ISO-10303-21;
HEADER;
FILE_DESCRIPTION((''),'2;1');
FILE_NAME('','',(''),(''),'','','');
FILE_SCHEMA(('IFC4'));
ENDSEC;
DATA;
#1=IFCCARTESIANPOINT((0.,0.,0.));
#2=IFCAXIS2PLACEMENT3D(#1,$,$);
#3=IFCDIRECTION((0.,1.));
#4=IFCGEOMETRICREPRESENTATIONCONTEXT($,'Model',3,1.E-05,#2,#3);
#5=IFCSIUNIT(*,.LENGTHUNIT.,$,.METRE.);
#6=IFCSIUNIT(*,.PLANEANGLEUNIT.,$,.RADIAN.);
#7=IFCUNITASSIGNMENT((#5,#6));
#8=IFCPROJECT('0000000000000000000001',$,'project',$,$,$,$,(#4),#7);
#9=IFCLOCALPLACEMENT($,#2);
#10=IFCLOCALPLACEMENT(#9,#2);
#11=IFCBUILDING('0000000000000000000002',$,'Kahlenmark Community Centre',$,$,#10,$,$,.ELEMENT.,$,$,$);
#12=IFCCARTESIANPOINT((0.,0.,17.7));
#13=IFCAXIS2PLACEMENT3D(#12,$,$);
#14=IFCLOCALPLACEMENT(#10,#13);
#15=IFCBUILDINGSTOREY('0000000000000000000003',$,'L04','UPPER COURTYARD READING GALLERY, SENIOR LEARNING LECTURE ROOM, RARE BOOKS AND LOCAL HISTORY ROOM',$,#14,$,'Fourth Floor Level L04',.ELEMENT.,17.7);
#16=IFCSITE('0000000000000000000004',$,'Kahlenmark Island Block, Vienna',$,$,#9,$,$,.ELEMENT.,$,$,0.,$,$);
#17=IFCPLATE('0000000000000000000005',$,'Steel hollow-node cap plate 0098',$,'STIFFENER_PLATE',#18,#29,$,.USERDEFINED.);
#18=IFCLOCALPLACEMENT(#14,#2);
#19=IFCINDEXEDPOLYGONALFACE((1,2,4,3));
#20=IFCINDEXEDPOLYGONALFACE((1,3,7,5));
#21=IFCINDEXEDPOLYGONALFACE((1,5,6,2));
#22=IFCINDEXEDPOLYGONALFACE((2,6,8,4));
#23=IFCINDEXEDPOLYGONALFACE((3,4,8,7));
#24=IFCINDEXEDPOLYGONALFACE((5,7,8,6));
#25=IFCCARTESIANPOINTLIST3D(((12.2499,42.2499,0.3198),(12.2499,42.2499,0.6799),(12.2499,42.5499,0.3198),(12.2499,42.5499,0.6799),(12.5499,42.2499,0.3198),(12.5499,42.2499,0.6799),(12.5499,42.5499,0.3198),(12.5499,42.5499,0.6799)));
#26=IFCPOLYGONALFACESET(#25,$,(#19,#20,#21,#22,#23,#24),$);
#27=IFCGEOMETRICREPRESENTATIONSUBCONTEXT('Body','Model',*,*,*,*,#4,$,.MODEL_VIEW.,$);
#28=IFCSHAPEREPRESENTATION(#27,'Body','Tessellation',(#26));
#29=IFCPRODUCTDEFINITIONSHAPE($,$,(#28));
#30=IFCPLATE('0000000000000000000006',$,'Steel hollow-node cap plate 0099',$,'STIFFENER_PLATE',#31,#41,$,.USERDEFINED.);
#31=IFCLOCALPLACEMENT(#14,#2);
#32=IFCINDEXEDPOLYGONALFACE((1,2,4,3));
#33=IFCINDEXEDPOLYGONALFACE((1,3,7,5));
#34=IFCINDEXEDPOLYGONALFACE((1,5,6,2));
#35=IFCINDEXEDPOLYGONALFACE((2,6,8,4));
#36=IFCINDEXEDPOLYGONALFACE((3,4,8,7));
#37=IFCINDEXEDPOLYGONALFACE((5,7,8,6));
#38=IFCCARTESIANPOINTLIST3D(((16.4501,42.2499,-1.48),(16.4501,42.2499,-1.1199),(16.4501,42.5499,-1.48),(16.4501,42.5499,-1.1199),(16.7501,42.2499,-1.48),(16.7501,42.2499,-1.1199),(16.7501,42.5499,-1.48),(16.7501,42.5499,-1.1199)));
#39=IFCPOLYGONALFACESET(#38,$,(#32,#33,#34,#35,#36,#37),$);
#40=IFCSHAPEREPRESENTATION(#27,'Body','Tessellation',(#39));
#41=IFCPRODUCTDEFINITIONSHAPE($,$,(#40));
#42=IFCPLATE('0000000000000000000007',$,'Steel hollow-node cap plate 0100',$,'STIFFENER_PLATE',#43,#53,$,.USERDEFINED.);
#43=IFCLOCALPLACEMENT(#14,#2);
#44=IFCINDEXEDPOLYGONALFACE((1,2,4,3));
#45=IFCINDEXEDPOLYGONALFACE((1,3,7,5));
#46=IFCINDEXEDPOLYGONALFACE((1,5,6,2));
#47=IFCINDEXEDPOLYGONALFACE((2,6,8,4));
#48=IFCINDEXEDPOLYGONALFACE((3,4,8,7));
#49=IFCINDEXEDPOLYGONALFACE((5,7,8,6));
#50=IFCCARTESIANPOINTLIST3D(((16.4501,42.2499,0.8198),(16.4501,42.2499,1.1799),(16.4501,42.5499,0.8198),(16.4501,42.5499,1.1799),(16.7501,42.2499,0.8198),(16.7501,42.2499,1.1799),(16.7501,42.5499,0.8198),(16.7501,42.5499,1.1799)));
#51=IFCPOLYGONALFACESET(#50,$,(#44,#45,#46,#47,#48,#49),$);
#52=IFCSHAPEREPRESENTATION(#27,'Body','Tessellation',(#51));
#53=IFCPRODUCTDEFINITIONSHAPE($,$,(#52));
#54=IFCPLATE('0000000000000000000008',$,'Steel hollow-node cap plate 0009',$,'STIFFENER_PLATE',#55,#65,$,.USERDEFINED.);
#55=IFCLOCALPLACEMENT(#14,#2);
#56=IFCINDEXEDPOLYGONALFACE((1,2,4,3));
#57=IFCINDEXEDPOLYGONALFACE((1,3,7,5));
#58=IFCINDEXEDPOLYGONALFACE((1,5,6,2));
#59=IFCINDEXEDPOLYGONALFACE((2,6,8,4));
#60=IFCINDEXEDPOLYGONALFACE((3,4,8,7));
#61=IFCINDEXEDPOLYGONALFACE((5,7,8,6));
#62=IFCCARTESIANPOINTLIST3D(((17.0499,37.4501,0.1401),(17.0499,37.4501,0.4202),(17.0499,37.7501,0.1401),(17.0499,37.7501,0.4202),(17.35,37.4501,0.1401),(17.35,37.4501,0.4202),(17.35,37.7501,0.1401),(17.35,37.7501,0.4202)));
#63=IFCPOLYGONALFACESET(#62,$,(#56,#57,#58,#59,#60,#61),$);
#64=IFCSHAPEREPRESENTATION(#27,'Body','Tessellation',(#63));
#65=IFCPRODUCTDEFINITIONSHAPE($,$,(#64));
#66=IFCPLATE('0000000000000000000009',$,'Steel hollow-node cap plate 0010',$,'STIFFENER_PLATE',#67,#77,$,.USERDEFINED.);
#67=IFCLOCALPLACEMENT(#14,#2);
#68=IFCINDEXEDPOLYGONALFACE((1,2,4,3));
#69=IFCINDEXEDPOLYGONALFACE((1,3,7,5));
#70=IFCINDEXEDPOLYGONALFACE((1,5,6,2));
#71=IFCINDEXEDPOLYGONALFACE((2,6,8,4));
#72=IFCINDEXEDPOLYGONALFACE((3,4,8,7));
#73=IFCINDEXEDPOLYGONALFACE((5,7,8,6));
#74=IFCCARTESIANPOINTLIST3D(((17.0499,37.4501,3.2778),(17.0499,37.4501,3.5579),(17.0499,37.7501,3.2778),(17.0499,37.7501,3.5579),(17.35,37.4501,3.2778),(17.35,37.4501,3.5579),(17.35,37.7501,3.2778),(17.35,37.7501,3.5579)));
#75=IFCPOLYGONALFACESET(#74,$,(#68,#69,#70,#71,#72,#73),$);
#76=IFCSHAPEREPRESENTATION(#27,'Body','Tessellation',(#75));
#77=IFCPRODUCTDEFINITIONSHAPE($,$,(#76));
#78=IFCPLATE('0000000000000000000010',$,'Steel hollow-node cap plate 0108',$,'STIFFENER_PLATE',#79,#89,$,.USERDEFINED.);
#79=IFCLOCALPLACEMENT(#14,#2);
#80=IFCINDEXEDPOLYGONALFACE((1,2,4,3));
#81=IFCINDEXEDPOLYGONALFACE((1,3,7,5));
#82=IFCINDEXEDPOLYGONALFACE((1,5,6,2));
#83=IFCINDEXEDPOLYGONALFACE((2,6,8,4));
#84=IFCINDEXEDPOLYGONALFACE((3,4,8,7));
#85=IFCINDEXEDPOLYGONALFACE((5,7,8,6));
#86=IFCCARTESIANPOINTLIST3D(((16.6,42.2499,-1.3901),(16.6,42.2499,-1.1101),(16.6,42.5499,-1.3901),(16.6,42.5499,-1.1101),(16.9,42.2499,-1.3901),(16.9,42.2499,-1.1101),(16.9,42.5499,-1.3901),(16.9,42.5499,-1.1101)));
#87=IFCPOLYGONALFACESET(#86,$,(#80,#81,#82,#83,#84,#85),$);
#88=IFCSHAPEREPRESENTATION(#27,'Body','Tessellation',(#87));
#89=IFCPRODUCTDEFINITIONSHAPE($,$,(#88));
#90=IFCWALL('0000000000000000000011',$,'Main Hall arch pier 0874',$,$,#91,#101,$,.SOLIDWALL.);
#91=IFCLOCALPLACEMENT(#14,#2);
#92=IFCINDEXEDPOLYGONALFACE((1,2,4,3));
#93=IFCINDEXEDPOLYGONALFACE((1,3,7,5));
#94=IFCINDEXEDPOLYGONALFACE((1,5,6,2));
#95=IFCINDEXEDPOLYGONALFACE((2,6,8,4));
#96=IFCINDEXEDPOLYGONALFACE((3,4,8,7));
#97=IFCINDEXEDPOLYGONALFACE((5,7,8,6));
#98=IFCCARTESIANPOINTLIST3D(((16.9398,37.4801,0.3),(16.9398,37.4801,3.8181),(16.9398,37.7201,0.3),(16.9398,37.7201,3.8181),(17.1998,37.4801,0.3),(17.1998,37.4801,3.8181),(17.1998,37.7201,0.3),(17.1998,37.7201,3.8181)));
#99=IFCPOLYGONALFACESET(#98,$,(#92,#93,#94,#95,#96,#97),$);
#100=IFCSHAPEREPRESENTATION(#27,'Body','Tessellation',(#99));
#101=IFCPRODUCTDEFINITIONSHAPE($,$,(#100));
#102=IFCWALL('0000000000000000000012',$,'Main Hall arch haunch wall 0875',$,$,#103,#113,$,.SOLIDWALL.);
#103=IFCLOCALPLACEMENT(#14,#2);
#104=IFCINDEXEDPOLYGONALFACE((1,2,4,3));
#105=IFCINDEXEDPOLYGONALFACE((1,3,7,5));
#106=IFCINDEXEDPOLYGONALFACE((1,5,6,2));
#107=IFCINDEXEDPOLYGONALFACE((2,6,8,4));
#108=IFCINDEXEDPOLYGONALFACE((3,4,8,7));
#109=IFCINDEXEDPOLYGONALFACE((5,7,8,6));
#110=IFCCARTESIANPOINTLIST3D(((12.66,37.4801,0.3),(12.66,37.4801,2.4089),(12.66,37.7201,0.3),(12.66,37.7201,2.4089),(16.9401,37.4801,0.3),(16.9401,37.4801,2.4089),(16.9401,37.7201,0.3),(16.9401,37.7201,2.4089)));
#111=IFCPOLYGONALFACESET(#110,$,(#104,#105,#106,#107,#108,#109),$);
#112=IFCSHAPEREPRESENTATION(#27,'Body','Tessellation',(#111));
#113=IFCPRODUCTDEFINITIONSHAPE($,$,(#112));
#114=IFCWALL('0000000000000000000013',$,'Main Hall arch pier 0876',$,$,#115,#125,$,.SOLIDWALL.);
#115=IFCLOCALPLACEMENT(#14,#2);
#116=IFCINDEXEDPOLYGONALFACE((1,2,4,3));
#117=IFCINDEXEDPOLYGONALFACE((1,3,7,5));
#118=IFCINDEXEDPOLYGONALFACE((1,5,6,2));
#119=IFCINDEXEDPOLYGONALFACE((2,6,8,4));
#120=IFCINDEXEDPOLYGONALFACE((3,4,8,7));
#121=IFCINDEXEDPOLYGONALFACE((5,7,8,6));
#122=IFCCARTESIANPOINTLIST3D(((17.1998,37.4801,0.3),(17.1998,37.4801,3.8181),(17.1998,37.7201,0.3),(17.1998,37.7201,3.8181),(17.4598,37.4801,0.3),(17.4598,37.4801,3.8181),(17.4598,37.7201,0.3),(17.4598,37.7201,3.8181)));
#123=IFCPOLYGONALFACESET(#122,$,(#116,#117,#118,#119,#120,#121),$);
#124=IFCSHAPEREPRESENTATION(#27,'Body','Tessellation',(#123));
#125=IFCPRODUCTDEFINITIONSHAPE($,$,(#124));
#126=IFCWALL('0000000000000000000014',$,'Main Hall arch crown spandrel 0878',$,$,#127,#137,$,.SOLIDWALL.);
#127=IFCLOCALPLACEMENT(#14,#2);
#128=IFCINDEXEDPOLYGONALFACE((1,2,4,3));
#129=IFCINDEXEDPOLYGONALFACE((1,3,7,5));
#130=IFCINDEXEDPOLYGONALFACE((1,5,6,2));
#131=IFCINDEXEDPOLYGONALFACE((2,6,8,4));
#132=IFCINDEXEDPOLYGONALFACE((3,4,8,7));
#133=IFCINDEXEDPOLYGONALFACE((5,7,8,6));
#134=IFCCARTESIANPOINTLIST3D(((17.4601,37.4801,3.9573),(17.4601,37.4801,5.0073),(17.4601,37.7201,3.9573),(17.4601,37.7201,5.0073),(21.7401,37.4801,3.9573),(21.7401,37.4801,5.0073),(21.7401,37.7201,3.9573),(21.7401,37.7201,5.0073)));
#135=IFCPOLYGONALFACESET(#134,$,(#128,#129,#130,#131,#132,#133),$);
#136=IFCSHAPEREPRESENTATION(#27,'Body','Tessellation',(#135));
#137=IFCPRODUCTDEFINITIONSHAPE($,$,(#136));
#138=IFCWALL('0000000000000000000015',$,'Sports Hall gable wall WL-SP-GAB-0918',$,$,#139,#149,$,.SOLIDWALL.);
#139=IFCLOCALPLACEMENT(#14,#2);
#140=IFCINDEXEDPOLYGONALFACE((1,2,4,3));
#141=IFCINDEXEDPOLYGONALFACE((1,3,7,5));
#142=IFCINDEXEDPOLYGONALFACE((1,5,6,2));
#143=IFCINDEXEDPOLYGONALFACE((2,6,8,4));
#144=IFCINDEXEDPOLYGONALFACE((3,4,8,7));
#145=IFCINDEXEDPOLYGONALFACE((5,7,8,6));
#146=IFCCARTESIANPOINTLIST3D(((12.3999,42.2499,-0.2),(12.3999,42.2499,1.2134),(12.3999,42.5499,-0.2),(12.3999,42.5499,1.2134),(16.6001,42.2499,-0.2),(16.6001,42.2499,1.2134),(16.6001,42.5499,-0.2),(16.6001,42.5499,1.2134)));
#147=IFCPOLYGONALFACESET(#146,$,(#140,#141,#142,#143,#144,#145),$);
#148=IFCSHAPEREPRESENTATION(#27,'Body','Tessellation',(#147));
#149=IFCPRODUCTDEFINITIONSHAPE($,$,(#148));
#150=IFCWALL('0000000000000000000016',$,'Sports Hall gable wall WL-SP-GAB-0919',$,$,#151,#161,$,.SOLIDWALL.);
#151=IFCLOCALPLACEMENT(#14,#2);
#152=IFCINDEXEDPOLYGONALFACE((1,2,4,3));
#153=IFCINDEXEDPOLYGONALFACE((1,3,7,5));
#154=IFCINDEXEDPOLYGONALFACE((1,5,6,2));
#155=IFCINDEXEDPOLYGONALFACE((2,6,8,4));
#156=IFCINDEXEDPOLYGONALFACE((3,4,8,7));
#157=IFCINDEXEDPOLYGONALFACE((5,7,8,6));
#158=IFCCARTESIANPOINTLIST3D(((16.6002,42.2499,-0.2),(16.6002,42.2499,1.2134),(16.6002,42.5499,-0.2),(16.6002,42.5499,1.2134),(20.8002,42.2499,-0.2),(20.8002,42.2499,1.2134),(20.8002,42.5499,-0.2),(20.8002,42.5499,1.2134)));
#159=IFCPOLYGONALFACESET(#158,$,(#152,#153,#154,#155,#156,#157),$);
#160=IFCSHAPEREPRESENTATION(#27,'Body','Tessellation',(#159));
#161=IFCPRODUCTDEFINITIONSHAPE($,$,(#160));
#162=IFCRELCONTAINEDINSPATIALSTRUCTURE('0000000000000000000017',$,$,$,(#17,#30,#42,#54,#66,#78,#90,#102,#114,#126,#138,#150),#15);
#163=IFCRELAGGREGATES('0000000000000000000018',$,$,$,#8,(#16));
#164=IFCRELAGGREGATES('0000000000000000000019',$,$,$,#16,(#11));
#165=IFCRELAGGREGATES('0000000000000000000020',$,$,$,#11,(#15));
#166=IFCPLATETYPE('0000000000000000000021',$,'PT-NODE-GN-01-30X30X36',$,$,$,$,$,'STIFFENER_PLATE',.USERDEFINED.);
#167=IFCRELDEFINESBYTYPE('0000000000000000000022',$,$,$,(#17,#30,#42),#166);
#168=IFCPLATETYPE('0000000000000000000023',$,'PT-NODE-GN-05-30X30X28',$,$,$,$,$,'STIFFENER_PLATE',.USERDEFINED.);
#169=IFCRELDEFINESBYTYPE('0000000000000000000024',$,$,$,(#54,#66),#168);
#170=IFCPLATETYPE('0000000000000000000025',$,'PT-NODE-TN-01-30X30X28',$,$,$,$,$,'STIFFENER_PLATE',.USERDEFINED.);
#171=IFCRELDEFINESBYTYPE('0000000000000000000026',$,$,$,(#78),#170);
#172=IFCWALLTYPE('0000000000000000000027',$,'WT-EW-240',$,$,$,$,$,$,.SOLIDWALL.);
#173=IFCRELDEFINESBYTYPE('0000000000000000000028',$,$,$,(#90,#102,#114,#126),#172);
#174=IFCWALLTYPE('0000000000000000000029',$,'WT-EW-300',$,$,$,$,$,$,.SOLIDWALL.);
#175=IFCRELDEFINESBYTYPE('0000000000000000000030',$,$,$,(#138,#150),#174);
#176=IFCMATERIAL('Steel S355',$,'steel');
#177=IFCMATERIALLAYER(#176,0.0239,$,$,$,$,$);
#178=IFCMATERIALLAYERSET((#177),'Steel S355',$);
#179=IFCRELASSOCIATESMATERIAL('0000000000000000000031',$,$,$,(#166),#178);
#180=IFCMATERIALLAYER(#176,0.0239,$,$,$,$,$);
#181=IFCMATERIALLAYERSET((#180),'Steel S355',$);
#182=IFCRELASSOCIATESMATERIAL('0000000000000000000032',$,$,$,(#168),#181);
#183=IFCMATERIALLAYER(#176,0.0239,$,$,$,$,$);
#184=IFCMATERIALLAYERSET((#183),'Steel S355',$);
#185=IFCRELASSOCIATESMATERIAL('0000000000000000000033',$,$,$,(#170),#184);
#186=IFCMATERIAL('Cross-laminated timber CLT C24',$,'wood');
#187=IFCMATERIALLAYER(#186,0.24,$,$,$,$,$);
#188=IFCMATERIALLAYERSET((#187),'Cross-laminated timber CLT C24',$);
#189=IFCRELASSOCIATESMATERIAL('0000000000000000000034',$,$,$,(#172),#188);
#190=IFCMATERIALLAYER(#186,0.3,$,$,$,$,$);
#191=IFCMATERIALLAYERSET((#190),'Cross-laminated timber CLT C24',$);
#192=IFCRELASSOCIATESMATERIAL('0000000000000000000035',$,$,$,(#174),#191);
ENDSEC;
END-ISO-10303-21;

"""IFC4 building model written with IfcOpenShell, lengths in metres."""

from ifc_helpers import new_model, si_unit, direction, frame, frame_2d, origin, origin_2d, place, context, subcontext, project, spatial, rectangle, extrude, material, layer, layer_set, type_object, element, save


model = new_model("IFC4")

# Units and contexts
model_context = context("Model", 3, precision=1e-05, world=origin(), true_north=direction((0.0, 1.0)))
body_context = subcontext(model_context, "Body", "Model", "MODEL_VIEW")
ifc_project = project(units=[si_unit("LENGTHUNIT", "METRE"), si_unit("PLANEANGLEUNIT", "RADIAN")], contexts=[model_context])

# Site, building, storey
site_placement = place(None, origin())
site = spatial("IfcSite", under=ifc_project, at=site_placement, Name="Kahlenmark Island Block, Vienna", CompositionType="ELEMENT", RefElevation=0.0)
building_placement = place(site_placement, origin())
building = spatial("IfcBuilding", under=site, at=building_placement, Name="Kahlenmark Community Centre", CompositionType="ELEMENT")
storey_placement = place(building_placement, frame((0.0, 0.0, 17.7)))
storey = spatial("IfcBuildingStorey", under=building, at=storey_placement, Name="L04", Description="UPPER COURTYARD READING GALLERY, SENIOR LEARNING LECTURE ROOM, RARE BOOKS AND LOCAL HISTORY ROOM", LongName="Fourth Floor Level L04", CompositionType="ELEMENT", Elevation=17.7)

# Shared definitions
ifc_material_1 = material(Name="Steel S355", Category="steel")

# Plates
ifc_layer_1 = layer(ifc_material_1, 0.0239)
ifc_layer_set_1 = layer_set([ifc_layer_1], Name="Steel S355")
plate_type_1 = type_object("IfcPlateType", Name="PT-NODE-GN-01-30X30X36", ElementType="STIFFENER_PLATE", PredefinedType="USERDEFINED", material=ifc_layer_set_1)
for number, where, z_axis, x_axis, name in (
    (1, (12.3999, 42.3999, 0.3198), (0.0, 0.0, 1.0), (1.0, 0.0, 0.0), "Steel hollow-node cap plate 0098"),
    (2, (16.6001, 42.3999, -1.48), (0.0, 0.0, 1.0), (1.0, 0.0, 0.0), "Steel hollow-node cap plate 0099"),
    (3, (16.6001, 42.3999, 0.8198), (0.0, 0.0, 1.0), (1.0, 0.0, 0.0), "Steel hollow-node cap plate 0100"),
):
    element("IfcPlate", number, at=place(storey_placement, frame(where, z_axis=z_axis, x_axis=x_axis)), inside=storey, type_object=plate_type_1, Name=name, ObjectType="STIFFENER_PLATE", PredefinedType="USERDEFINED", context=body_context, shape_type="SweptSolid", body=[
        extrude(rectangle(XDim=0.3, YDim=0.3, at=origin_2d()), origin(), (0.0, 0.0, 1.0), 0.3601),
    ])
ifc_layer_2 = layer(ifc_material_1, 0.0239)
ifc_layer_set_2 = layer_set([ifc_layer_2], Name="Steel S355")
plate_type_2 = type_object("IfcPlateType", Name="PT-NODE-GN-05-30X30X28", ElementType="STIFFENER_PLATE", PredefinedType="USERDEFINED", material=ifc_layer_set_2)
for number, where, z_axis, x_axis, name in (
    (4, (17.2, 37.6001, 0.1401), (0.0, 0.0, 1.0), (1.0, 0.0, 0.0), "Steel hollow-node cap plate 0009"),
    (5, (17.2, 37.6001, 3.2778), (0.0, 0.0, 1.0), (1.0, 0.0, 0.0), "Steel hollow-node cap plate 0010"),
):
    element("IfcPlate", number, at=place(storey_placement, frame(where, z_axis=z_axis, x_axis=x_axis)), inside=storey, type_object=plate_type_2, Name=name, ObjectType="STIFFENER_PLATE", PredefinedType="USERDEFINED", context=body_context, shape_type="SweptSolid", body=[
        extrude(rectangle(XDim=0.3, YDim=0.3, at=origin_2d()), origin(), (0.0, 0.0, 1.0), 0.28),
    ])
ifc_layer_3 = layer(ifc_material_1, 0.0239)
ifc_layer_set_3 = layer_set([ifc_layer_3], Name="Steel S355")
plate_type_3 = type_object("IfcPlateType", Name="PT-NODE-TN-01-30X30X28", ElementType="STIFFENER_PLATE", PredefinedType="USERDEFINED", material=ifc_layer_set_3)
plate_1_placement = place(storey_placement, frame((16.75, 42.3999, -1.3901), z_axis=(0.0, 0.0, 1.0), x_axis=(1.0, 0.0, 0.0)))
element("IfcPlate", 6, at=plate_1_placement, inside=storey, type_object=plate_type_3, Name="Steel hollow-node cap plate 0108", ObjectType="STIFFENER_PLATE", PredefinedType="USERDEFINED", context=body_context, shape_type="SweptSolid", body=[
    extrude(rectangle(XDim=0.3, YDim=0.3, at=origin_2d()), origin(), (0.0, 0.0, 1.0), 0.28),
])

# Walls
ifc_material_2 = material(Name="Cross-laminated timber CLT C24", Category="wood")
ifc_layer_4 = layer(ifc_material_2, 0.24)
ifc_layer_set_4 = layer_set([ifc_layer_4], Name="Cross-laminated timber CLT C24")
wall_type_1 = type_object("IfcWallType", Name="WT-EW-240", PredefinedType="SOLIDWALL", material=ifc_layer_set_4)
wall_1_placement = place(storey_placement, frame((16.9399, 37.6001, 0.3), z_axis=(0.0, 0.0, 1.0), x_axis=(1.0, 0.0, 0.0)))
element("IfcWall", 7, at=wall_1_placement, inside=storey, type_object=wall_type_1, Name="Main Hall arch pier 0874", PredefinedType="SOLIDWALL", context=body_context, shape_type="SweptSolid", body=[
    extrude(rectangle(XDim=0.26, YDim=0.24, at=frame_2d((0.1299, 0.0))), origin(), (0.0, 0.0, 1.0), 3.5181),
])
wall_2_placement = place(storey_placement, frame((12.6599, 37.6001, 0.3), z_axis=(0.0, 0.0, 1.0), x_axis=(1.0, 0.0, 0.0)))
element("IfcWall", 8, at=wall_2_placement, inside=storey, type_object=wall_type_1, Name="Main Hall arch haunch wall 0875", PredefinedType="SOLIDWALL", context=body_context, shape_type="SweptSolid", body=[
    extrude(rectangle(XDim=4.28, YDim=0.24, at=frame_2d((2.1401, 0.0))), origin(), (0.0, 0.0, 1.0), 2.1089),
])
wall_3_placement = place(storey_placement, frame((17.2, 37.6001, 0.3), z_axis=(0.0, 0.0, 1.0), x_axis=(1.0, 0.0, 0.0)))
element("IfcWall", 9, at=wall_3_placement, inside=storey, type_object=wall_type_1, Name="Main Hall arch pier 0876", PredefinedType="SOLIDWALL", context=body_context, shape_type="SweptSolid", body=[
    extrude(rectangle(XDim=0.26, YDim=0.24, at=frame_2d((0.1299, 0.0))), origin(), (0.0, 0.0, 1.0), 3.5181),
])
wall_4_placement = place(storey_placement, frame((17.46, 37.6001, 3.9573), z_axis=(0.0, 0.0, 1.0), x_axis=(1.0, 0.0, 0.0)))
element("IfcWall", 10, at=wall_4_placement, inside=storey, type_object=wall_type_1, Name="Main Hall arch crown spandrel 0878", PredefinedType="SOLIDWALL", context=body_context, shape_type="SweptSolid", body=[
    extrude(rectangle(XDim=4.28, YDim=0.24, at=frame_2d((2.1401, 0.0))), origin(), (0.0, 0.0, 1.0), 1.05),
])
ifc_layer_5 = layer(ifc_material_2, 0.3)
ifc_layer_set_5 = layer_set([ifc_layer_5], Name="Cross-laminated timber CLT C24")
wall_type_2 = type_object("IfcWallType", Name="WT-EW-300", PredefinedType="SOLIDWALL", material=ifc_layer_set_5)
wall_5_placement = place(storey_placement, frame((12.3999, 42.3999, -0.2), z_axis=(0.0, 0.0, 1.0), x_axis=(1.0, 0.0, 0.0)))
element("IfcWall", 11, at=wall_5_placement, inside=storey, type_object=wall_type_2, Name="Sports Hall gable wall WL-SP-GAB-0918", PredefinedType="SOLIDWALL", context=body_context, shape_type="SweptSolid", body=[
    extrude(rectangle(XDim=4.2002, YDim=0.3, at=frame_2d((2.1001, 0.0))), origin(), (0.0, 0.0, 1.0), 1.4133),
])
wall_6_placement = place(storey_placement, frame((16.6001, 42.3999, -0.2), z_axis=(0.0, 0.0, 1.0), x_axis=(1.0, 0.0, 0.0)))
element("IfcWall", 12, at=wall_6_placement, inside=storey, type_object=wall_type_2, Name="Sports Hall gable wall WL-SP-GAB-0919", PredefinedType="SOLIDWALL", context=body_context, shape_type="SweptSolid", body=[
    extrude(rectangle(XDim=4.2, YDim=0.3, at=frame_2d((2.1001, 0.0))), origin(), (0.0, 0.0, 1.0), 1.4133),
])

save(model, "model.ifc")
